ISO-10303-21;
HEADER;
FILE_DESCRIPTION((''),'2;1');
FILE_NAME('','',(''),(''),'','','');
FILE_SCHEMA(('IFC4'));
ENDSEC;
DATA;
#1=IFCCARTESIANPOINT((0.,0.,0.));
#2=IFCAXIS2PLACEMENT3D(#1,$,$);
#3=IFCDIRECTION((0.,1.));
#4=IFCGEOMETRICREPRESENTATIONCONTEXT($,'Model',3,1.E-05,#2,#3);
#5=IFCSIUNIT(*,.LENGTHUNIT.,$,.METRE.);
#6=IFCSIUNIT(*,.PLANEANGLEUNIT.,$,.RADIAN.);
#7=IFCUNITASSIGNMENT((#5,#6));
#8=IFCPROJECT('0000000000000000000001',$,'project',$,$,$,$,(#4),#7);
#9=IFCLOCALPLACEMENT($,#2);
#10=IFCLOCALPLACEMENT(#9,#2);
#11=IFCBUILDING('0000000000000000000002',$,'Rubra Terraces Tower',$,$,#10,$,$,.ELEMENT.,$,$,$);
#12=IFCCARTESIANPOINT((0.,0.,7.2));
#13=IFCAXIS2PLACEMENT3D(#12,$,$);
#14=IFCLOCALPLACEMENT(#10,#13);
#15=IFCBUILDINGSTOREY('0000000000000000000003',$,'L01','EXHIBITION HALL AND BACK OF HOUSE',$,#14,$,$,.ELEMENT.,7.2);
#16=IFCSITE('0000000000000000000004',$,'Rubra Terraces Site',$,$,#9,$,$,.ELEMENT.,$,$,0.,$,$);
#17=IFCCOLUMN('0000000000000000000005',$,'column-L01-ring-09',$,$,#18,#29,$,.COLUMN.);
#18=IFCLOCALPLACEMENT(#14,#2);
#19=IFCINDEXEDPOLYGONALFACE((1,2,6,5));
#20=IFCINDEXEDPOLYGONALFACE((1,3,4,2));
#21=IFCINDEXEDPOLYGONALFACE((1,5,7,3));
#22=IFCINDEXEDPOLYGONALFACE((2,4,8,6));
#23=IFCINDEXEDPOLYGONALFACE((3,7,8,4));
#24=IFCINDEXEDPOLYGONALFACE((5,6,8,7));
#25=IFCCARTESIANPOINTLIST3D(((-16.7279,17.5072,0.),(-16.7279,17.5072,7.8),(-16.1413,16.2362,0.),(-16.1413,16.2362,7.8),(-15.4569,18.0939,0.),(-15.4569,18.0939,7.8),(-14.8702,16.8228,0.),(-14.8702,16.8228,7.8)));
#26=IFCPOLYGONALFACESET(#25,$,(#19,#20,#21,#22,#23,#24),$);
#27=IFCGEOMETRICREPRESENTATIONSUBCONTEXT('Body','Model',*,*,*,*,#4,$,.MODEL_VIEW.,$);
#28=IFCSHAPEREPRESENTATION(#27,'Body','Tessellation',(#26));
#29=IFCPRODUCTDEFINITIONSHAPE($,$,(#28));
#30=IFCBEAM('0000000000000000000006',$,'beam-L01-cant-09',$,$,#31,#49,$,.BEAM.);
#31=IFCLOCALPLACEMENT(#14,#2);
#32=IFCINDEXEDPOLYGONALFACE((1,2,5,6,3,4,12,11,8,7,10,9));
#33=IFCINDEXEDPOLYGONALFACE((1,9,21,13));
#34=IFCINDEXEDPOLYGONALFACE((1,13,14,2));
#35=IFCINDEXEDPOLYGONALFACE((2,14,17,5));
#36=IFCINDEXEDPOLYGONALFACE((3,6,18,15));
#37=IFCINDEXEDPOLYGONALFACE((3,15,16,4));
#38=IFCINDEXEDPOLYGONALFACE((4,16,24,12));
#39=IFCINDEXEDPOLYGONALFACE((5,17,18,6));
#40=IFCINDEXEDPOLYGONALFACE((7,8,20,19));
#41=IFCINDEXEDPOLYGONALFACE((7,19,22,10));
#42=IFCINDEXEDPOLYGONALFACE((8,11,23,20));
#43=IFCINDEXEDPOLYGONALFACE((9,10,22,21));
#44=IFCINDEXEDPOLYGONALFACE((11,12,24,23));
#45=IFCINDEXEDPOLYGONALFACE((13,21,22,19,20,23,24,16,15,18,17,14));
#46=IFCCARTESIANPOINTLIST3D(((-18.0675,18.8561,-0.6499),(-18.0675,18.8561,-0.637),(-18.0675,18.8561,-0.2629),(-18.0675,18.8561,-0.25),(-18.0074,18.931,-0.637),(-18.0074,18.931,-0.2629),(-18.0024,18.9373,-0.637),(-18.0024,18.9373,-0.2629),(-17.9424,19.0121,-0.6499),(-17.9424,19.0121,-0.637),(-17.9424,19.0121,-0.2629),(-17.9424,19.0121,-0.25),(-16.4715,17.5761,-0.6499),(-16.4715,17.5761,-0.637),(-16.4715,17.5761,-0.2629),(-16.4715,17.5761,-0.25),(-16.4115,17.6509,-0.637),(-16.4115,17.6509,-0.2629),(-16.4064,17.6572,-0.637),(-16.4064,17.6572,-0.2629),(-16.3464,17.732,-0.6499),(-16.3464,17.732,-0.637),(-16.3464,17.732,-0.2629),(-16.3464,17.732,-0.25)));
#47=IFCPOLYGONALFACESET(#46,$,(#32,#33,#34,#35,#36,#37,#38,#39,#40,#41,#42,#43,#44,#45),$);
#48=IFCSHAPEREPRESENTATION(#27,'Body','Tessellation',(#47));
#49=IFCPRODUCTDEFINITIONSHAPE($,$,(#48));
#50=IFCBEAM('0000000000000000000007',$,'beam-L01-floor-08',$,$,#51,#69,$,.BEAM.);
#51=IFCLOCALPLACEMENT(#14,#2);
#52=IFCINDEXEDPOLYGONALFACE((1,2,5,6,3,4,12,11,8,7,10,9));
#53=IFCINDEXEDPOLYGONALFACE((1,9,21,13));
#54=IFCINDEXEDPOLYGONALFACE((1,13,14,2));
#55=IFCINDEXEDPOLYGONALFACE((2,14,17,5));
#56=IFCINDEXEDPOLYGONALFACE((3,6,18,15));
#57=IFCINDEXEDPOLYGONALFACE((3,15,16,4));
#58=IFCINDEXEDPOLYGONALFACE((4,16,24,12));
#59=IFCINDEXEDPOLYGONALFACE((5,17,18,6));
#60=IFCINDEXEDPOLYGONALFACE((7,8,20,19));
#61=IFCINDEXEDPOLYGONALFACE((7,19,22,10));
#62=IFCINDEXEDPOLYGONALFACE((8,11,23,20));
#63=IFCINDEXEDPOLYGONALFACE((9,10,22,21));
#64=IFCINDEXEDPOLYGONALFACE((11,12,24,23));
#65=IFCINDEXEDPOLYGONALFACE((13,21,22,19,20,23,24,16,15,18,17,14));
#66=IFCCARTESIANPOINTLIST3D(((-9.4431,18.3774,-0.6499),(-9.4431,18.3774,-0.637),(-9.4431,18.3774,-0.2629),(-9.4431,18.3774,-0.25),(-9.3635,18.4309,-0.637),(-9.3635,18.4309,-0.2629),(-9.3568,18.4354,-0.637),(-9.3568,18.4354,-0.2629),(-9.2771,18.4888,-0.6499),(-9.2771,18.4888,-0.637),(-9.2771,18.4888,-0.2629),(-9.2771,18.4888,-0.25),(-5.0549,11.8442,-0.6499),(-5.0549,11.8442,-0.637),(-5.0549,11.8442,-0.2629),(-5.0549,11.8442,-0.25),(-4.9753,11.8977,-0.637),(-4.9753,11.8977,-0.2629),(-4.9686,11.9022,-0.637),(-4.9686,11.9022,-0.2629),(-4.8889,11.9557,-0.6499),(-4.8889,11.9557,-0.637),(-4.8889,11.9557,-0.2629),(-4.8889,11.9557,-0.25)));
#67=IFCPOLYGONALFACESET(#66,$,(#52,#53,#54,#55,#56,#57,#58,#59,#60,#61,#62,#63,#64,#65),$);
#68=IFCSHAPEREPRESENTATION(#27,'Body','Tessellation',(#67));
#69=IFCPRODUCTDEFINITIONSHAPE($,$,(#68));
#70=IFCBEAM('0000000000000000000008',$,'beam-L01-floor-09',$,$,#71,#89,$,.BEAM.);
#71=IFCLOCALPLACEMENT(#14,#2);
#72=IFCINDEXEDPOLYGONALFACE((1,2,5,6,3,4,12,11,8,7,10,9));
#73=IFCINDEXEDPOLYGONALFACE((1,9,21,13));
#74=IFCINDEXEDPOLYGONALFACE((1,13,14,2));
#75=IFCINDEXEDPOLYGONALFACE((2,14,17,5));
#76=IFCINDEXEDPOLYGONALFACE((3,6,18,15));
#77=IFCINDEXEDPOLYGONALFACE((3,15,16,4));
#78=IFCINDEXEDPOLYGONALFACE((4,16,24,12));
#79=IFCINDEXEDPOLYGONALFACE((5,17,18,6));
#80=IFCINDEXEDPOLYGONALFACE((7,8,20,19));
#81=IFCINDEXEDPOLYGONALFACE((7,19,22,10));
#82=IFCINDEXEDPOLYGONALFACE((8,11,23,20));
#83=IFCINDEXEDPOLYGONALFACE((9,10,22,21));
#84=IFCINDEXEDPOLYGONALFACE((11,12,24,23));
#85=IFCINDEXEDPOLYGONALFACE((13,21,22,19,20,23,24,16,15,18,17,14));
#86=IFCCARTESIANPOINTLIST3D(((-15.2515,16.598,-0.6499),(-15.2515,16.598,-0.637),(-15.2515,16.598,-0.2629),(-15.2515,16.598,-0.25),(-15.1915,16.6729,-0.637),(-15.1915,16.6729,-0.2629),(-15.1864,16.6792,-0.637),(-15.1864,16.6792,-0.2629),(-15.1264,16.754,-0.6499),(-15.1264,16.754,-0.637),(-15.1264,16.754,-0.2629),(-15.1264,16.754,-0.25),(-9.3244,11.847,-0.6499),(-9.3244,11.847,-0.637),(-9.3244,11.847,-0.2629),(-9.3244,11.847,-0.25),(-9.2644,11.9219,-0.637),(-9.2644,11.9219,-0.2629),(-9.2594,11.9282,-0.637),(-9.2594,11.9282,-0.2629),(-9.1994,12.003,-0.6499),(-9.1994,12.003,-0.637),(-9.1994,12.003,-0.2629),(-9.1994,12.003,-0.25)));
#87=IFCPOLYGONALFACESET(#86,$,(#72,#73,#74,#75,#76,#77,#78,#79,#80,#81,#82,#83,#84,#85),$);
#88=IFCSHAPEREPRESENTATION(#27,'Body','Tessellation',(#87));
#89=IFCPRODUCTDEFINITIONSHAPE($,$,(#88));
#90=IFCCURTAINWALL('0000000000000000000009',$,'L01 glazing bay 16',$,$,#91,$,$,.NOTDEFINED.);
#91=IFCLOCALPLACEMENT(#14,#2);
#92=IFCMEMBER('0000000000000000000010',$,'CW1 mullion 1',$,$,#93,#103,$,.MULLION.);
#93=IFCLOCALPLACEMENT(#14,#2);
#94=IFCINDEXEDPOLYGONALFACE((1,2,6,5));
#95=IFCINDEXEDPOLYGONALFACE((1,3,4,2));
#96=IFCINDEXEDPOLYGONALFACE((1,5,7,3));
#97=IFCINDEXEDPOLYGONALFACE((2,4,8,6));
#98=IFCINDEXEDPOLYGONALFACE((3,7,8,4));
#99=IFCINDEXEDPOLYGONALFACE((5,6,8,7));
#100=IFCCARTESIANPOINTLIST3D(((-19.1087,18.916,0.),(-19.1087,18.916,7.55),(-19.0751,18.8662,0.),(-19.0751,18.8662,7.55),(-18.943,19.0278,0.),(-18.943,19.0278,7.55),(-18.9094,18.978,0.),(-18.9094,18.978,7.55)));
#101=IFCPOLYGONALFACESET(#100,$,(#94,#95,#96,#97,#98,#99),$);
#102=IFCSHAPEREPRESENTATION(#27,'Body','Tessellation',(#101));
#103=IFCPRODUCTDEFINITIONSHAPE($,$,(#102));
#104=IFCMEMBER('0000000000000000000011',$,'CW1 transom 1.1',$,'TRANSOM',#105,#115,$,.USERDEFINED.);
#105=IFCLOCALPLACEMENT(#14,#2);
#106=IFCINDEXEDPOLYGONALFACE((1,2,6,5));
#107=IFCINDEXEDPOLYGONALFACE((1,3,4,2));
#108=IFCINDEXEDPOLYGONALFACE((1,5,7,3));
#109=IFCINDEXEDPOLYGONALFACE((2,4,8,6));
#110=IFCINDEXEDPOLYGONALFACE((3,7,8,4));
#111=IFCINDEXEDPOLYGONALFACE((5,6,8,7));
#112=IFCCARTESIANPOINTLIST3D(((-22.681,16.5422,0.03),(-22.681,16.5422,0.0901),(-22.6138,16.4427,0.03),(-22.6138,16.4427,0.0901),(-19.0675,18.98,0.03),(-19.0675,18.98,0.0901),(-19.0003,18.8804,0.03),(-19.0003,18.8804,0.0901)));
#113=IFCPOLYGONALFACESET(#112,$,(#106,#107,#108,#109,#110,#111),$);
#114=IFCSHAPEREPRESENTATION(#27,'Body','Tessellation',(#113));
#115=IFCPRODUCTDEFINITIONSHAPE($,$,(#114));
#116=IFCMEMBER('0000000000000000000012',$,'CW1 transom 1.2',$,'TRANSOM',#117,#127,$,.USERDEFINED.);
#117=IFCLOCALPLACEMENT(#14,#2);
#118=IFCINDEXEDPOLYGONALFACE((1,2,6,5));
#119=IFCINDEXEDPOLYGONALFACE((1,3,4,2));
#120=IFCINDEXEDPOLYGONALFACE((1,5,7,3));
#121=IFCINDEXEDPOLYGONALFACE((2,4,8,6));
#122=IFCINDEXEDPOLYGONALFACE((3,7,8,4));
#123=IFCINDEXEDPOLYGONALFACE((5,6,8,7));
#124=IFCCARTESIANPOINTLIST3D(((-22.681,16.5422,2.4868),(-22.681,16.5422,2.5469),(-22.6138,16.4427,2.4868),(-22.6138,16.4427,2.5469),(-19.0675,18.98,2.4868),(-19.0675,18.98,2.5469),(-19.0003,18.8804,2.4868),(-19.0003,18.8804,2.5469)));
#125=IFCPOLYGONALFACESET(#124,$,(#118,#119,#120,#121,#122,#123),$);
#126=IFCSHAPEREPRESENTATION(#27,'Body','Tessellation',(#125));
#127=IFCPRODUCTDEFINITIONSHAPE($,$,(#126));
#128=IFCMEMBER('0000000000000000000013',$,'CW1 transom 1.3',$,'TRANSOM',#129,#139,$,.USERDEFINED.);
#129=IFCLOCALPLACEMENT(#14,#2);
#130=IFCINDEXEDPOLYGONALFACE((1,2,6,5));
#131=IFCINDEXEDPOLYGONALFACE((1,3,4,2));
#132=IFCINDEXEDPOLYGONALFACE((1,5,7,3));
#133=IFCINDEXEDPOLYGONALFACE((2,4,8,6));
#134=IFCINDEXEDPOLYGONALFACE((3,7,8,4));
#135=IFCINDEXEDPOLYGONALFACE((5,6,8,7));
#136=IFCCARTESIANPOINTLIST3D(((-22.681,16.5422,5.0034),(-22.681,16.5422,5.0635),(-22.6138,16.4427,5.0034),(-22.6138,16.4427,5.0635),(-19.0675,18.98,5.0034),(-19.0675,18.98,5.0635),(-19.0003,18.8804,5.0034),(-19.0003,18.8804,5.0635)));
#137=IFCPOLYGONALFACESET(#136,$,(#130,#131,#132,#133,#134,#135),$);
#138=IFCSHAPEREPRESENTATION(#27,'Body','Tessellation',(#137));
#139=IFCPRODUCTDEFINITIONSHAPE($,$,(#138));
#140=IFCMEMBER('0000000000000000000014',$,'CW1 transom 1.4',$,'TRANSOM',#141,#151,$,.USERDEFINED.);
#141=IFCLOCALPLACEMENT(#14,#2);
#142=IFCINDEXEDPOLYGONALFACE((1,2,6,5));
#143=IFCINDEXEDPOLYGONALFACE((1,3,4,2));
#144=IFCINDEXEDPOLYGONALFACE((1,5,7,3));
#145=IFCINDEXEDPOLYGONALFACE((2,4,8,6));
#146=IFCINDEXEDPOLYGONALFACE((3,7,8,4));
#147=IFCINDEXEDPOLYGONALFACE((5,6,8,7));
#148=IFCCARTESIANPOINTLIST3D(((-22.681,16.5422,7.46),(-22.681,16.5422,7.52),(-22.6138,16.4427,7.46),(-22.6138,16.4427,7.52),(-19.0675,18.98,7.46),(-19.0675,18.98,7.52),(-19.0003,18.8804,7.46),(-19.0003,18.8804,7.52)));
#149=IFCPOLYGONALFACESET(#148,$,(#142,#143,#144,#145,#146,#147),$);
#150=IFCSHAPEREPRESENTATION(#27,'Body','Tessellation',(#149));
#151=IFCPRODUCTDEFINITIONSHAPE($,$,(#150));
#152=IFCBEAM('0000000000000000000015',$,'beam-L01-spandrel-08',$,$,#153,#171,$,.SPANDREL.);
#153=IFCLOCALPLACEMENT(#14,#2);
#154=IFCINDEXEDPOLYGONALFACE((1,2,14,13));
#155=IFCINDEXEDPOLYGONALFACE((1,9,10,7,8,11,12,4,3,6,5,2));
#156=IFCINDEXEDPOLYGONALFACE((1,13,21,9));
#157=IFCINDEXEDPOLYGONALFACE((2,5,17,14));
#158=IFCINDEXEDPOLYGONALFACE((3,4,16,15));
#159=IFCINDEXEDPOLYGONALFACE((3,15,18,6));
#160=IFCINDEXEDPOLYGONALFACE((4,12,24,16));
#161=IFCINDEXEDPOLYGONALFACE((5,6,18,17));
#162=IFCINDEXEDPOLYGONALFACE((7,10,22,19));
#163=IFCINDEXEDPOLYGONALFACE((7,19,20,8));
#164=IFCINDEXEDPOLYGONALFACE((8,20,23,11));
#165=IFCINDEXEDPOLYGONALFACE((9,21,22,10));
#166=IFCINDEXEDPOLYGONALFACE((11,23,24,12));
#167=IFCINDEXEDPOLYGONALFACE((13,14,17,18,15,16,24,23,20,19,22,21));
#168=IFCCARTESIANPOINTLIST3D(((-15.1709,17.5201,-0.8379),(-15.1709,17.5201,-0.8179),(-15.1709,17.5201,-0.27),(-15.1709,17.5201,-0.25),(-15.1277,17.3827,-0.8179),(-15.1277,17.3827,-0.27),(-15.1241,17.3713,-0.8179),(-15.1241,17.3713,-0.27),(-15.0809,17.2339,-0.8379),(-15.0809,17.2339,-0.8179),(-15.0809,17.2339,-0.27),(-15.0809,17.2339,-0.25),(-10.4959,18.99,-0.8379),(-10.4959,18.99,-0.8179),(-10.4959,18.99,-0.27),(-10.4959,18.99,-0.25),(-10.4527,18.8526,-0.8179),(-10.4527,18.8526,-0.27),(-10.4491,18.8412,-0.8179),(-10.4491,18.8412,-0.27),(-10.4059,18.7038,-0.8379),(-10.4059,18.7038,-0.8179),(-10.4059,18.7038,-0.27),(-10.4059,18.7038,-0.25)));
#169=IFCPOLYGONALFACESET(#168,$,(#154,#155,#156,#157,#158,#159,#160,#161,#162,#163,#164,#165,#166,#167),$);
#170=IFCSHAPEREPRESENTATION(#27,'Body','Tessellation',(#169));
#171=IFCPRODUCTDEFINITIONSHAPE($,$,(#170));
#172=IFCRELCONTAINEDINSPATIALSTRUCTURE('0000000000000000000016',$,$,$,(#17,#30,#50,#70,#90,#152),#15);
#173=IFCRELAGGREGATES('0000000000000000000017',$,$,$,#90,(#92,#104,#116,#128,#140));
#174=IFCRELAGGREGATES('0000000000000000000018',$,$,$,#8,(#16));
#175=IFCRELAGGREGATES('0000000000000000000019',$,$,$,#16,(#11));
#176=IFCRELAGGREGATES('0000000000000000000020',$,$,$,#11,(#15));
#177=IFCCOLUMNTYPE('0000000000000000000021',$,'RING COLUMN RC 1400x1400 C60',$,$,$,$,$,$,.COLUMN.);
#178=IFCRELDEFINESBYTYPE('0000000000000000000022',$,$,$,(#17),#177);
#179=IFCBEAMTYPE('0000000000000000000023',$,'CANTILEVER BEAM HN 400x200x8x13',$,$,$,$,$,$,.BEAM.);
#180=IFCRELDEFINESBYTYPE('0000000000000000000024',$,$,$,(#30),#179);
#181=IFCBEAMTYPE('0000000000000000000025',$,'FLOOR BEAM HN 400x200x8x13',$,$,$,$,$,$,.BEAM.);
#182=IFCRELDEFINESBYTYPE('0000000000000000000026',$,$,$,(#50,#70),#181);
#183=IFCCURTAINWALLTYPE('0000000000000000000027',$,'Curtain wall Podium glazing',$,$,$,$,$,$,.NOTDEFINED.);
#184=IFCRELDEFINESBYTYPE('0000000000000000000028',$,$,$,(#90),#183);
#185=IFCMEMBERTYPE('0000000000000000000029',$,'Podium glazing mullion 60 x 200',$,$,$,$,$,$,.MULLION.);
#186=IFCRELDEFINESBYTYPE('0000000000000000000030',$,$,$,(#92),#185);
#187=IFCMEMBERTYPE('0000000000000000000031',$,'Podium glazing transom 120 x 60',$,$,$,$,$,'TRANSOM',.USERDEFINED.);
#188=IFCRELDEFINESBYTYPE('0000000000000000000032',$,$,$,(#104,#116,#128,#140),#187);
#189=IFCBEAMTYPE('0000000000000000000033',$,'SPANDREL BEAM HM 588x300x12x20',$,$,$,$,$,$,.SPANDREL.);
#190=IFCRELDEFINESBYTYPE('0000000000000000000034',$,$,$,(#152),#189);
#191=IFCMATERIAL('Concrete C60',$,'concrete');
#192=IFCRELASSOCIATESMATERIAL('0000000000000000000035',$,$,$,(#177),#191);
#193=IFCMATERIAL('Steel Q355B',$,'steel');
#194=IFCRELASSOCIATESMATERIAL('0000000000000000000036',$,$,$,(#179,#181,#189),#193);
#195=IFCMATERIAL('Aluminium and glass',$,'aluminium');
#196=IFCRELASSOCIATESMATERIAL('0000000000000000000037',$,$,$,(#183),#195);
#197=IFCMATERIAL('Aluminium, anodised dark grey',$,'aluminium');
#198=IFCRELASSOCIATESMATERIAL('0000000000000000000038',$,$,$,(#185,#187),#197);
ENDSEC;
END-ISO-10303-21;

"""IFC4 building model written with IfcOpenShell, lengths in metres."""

from ifc_helpers import new_model, si_unit, direction, frame, origin, origin_2d, place, context, subcontext, project, spatial, rectangle, i_section, extrude, material, material_profile, profile_set, type_object, element, aggregate, save


model = new_model("IFC4")

# Units and contexts
model_context = context("Model", 3, precision=1e-05, world=origin(), true_north=direction((0.0, 1.0)))
body_context = subcontext(model_context, "Body", "Model", "MODEL_VIEW")
ifc_project = project(units=[si_unit("LENGTHUNIT", "METRE"), si_unit("PLANEANGLEUNIT", "RADIAN")], contexts=[model_context])

# Site, building, storey
site_placement = place(None, origin())
site = spatial("IfcSite", under=ifc_project, at=site_placement, Name="Rubra Terraces Site", CompositionType="ELEMENT", RefElevation=0.0)
building_placement = place(site_placement, origin())
building = spatial("IfcBuilding", under=site, at=building_placement, Name="Rubra Terraces Tower", CompositionType="ELEMENT")
storey_placement = place(building_placement, frame((0.0, 0.0, 7.2)))
storey = spatial("IfcBuildingStorey", under=building, at=storey_placement, Name="L01", Description="EXHIBITION HALL AND BACK OF HOUSE", CompositionType="ELEMENT", Elevation=7.2)

# Column
ifc_material_1 = material(Name="Concrete C60", Category="concrete")
ifc_material_profile_1 = material_profile(ifc_material_1, rectangle(XDim=1.3999, YDim=1.3999, at=origin_2d()), Name="RC 1400x1400")
ifc_profile_set_1 = profile_set([ifc_material_profile_1], Name="Concrete C60")
column_type = type_object("IfcColumnType", Name="RING COLUMN RC 1400x1400 C60", PredefinedType="COLUMN", material=ifc_profile_set_1)
column_placement = place(storey_placement, frame((-15.7991, 17.165, 0.0), z_axis=(0.0, 0.0, 1.0), x_axis=(-0.907952, -0.419073, 0.0)))
element("IfcColumn", 1, at=column_placement, inside=storey, type_object=column_type, Name="column-L01-ring-09", PredefinedType="COLUMN", context=body_context, shape_type="SweptSolid", body=[
    extrude(rectangle(XDim=1.3999, YDim=1.3999, at=origin_2d()), origin(), (0.0, 0.0, 1.0), 7.8),
])

# Beams
ifc_material_2 = material(Name="Steel Q355B", Category="steel")
ifc_material_profile_2 = material_profile(ifc_material_2, i_section(OverallWidth=0.2, OverallDepth=0.3999, WebThickness=0.0081, FlangeThickness=0.0129, at=origin_2d()), Name="HN 400x200x8x13")
ifc_profile_set_2 = profile_set([ifc_material_profile_2], Name="Steel Q355B")
beam_type_1 = type_object("IfcBeamType", Name="CANTILEVER BEAM HN 400x200x8x13", PredefinedType="BEAM", material=ifc_profile_set_2)
beam_1_placement = place(storey_placement, frame((-16.4089, 17.6541, -0.45), z_axis=(-0.780088, 0.62567, 0.0), x_axis=(-0.62567, -0.780088, 0.0)))
element("IfcBeam", 2, at=beam_1_placement, inside=storey, type_object=beam_type_1, Name="beam-L01-cant-09", PredefinedType="BEAM", context=body_context, shape_type="SweptSolid", body=[
    extrude(i_section(OverallWidth=0.2, OverallDepth=0.3999, WebThickness=0.0081, FlangeThickness=0.0129, at=origin_2d()), origin(), (0.0, 0.0, 1.0), 2.0459),
])
ifc_material_profile_3 = material_profile(ifc_material_2, i_section(OverallWidth=0.2, OverallDepth=0.3999, WebThickness=0.0081, FlangeThickness=0.0129, at=origin_2d()), Name="HN 400x200x8x13")
ifc_profile_set_3 = profile_set([ifc_material_profile_3], Name="Steel Q355B")
beam_type_2 = type_object("IfcBeamType", Name="FLOOR BEAM HN 400x200x8x13", PredefinedType="BEAM", material=ifc_profile_set_3)
beam_2_placement = place(storey_placement, frame((-9.3601, 18.4331, -0.45), z_axis=(0.557575, -0.830127, 0.0), x_axis=(0.830127, 0.557575, 0.0)))
element("IfcBeam", 3, at=beam_2_placement, inside=storey, type_object=beam_type_2, Name="beam-L01-floor-08", PredefinedType="BEAM", context=body_context, shape_type="SweptSolid", body=[
    extrude(i_section(OverallWidth=0.2, OverallDepth=0.3999, WebThickness=0.0081, FlangeThickness=0.0129, at=origin_2d()), origin(), (0.0, 0.0, 1.0), 7.8701),
])
beam_3_placement = place(storey_placement, frame((-15.189, 16.676, -0.45), z_axis=(0.780266, -0.625447, 0.0), x_axis=(0.625447, 0.780266, 0.0)))
element("IfcBeam", 4, at=beam_3_placement, inside=storey, type_object=beam_type_2, Name="beam-L01-floor-09", PredefinedType="BEAM", context=body_context, shape_type="SweptSolid", body=[
    extrude(i_section(OverallWidth=0.2, OverallDepth=0.3999, WebThickness=0.0081, FlangeThickness=0.0129, at=origin_2d()), origin(), (0.0, 0.0, 1.0), 7.5962),
])

# Curtain wall, members
ifc_material_3 = material(Name="Aluminium and glass", Category="aluminium")
curtain_wall_type = type_object("IfcCurtainWallType", Name="Curtain wall Podium glazing", PredefinedType="NOTDEFINED", material=ifc_material_3)
curtain_wall_placement = place(storey_placement, origin())
curtain_wall = element("IfcCurtainWall", 5, at=curtain_wall_placement, inside=storey, type_object=curtain_wall_type, Name="L01 glazing bay 16", PredefinedType="NOTDEFINED")
ifc_material_4 = material(Name="Aluminium, anodised dark grey", Category="aluminium")
ifc_material_profile_4 = material_profile(ifc_material_4, rectangle(XDim=0.0601, YDim=0.2, at=origin_2d()), Name="AL 60x200")
ifc_profile_set_4 = profile_set([ifc_material_profile_4], Name="Aluminium, anodised dark grey")
member_type_1 = type_object("IfcMemberType", Name="Podium glazing mullion 60 x 200", PredefinedType="MULLION", material=ifc_profile_set_4)
member_1_placement = place(storey_placement, frame((-19.009, 18.947, 0.0), z_axis=(0.0, 0.0, 1.0), x_axis=(0.559277, -0.828981, 0.0)))
member_1 = element("IfcMember", 6, at=member_1_placement, type_object=member_type_1, Name="CW1 mullion 1", PredefinedType="MULLION", context=body_context, shape_type="SweptSolid", body=[
    extrude(rectangle(XDim=0.0601, YDim=0.2, at=origin_2d()), origin(), (0.0, 0.0, 1.0), 7.55),
])
ifc_material_profile_5 = material_profile(ifc_material_4, rectangle(XDim=0.1201, YDim=0.0601, at=origin_2d()), Name="AL 120x60")
ifc_profile_set_5 = profile_set([ifc_material_profile_5], Name="Aluminium, anodised dark grey")
member_type_2 = type_object("IfcMemberType", Name="Podium glazing transom 120 x 60", ElementType="TRANSOM", PredefinedType="USERDEFINED", material=ifc_profile_set_5)
member_2_placement = place(storey_placement, frame((-19.0339, 18.9302, 0.0601), z_axis=(-0.828996, -0.559254, 0.0), x_axis=(0.559254, -0.828996, 0.0)))
member_2 = element("IfcMember", 7, at=member_2_placement, type_object=member_type_2, Name="CW1 transom 1.1", ObjectType="TRANSOM", PredefinedType="USERDEFINED", context=body_context, shape_type="SweptSolid", body=[
    extrude(rectangle(XDim=0.1201, YDim=0.0601, at=origin_2d()), origin(), (0.0, 0.0, 1.0), 4.3589),
])
member_3_placement = place(storey_placement, frame((-19.0339, 18.9302, 2.5168), z_axis=(-0.828996, -0.559254, 0.0), x_axis=(0.559254, -0.828996, 0.0)))
member_3 = element("IfcMember", 8, at=member_3_placement, type_object=member_type_2, Name="CW1 transom 1.2", ObjectType="TRANSOM", PredefinedType="USERDEFINED", context=body_context, shape_type="SweptSolid", body=[
    extrude(rectangle(XDim=0.1201, YDim=0.0601, at=origin_2d()), origin(), (0.0, 0.0, 1.0), 4.3589),
])
member_4_placement = place(storey_placement, frame((-19.0339, 18.9302, 5.0334), z_axis=(-0.828996, -0.559254, 0.0), x_axis=(0.559254, -0.828996, 0.0)))
member_4 = element("IfcMember", 9, at=member_4_placement, type_object=member_type_2, Name="CW1 transom 1.3", ObjectType="TRANSOM", PredefinedType="USERDEFINED", context=body_context, shape_type="SweptSolid", body=[
    extrude(rectangle(XDim=0.1201, YDim=0.0601, at=origin_2d()), origin(), (0.0, 0.0, 1.0), 4.3589),
])
member_5_placement = place(storey_placement, frame((-19.0339, 18.9302, 7.49), z_axis=(-0.828996, -0.559254, 0.0), x_axis=(0.559254, -0.828996, 0.0)))
member_5 = element("IfcMember", 10, at=member_5_placement, type_object=member_type_2, Name="CW1 transom 1.4", ObjectType="TRANSOM", PredefinedType="USERDEFINED", context=body_context, shape_type="SweptSolid", body=[
    extrude(rectangle(XDim=0.1201, YDim=0.0601, at=origin_2d()), origin(), (0.0, 0.0, 1.0), 4.3589),
])
aggregate(curtain_wall, [member_1, member_2, member_3, member_4, member_5])

# Beam
ifc_material_profile_6 = material_profile(ifc_material_2, i_section(OverallWidth=0.3, OverallDepth=0.5879, WebThickness=0.012, FlangeThickness=0.02, at=origin_2d()), Name="HM 588x300x12x20")
ifc_profile_set_6 = profile_set([ifc_material_profile_6], Name="Steel Q355B")
beam_type_3 = type_object("IfcBeamType", Name="SPANDREL BEAM HM 588x300x12x20", PredefinedType="SPANDREL", material=ifc_profile_set_6)
beam_4_placement = place(storey_placement, frame((-10.4509, 18.8469, -0.5439), z_axis=(-0.953955, -0.299951, 0.0), x_axis=(0.299951, -0.953955, 0.0)))
element("IfcBeam", 11, at=beam_4_placement, inside=storey, type_object=beam_type_3, Name="beam-L01-spandrel-08", PredefinedType="SPANDREL", context=body_context, shape_type="SweptSolid", body=[
    extrude(i_section(OverallWidth=0.3, OverallDepth=0.5879, WebThickness=0.012, FlangeThickness=0.02, at=origin_2d()), origin(), (0.0, 0.0, 1.0), 4.9006),
])

save(model, "model.ifc")
